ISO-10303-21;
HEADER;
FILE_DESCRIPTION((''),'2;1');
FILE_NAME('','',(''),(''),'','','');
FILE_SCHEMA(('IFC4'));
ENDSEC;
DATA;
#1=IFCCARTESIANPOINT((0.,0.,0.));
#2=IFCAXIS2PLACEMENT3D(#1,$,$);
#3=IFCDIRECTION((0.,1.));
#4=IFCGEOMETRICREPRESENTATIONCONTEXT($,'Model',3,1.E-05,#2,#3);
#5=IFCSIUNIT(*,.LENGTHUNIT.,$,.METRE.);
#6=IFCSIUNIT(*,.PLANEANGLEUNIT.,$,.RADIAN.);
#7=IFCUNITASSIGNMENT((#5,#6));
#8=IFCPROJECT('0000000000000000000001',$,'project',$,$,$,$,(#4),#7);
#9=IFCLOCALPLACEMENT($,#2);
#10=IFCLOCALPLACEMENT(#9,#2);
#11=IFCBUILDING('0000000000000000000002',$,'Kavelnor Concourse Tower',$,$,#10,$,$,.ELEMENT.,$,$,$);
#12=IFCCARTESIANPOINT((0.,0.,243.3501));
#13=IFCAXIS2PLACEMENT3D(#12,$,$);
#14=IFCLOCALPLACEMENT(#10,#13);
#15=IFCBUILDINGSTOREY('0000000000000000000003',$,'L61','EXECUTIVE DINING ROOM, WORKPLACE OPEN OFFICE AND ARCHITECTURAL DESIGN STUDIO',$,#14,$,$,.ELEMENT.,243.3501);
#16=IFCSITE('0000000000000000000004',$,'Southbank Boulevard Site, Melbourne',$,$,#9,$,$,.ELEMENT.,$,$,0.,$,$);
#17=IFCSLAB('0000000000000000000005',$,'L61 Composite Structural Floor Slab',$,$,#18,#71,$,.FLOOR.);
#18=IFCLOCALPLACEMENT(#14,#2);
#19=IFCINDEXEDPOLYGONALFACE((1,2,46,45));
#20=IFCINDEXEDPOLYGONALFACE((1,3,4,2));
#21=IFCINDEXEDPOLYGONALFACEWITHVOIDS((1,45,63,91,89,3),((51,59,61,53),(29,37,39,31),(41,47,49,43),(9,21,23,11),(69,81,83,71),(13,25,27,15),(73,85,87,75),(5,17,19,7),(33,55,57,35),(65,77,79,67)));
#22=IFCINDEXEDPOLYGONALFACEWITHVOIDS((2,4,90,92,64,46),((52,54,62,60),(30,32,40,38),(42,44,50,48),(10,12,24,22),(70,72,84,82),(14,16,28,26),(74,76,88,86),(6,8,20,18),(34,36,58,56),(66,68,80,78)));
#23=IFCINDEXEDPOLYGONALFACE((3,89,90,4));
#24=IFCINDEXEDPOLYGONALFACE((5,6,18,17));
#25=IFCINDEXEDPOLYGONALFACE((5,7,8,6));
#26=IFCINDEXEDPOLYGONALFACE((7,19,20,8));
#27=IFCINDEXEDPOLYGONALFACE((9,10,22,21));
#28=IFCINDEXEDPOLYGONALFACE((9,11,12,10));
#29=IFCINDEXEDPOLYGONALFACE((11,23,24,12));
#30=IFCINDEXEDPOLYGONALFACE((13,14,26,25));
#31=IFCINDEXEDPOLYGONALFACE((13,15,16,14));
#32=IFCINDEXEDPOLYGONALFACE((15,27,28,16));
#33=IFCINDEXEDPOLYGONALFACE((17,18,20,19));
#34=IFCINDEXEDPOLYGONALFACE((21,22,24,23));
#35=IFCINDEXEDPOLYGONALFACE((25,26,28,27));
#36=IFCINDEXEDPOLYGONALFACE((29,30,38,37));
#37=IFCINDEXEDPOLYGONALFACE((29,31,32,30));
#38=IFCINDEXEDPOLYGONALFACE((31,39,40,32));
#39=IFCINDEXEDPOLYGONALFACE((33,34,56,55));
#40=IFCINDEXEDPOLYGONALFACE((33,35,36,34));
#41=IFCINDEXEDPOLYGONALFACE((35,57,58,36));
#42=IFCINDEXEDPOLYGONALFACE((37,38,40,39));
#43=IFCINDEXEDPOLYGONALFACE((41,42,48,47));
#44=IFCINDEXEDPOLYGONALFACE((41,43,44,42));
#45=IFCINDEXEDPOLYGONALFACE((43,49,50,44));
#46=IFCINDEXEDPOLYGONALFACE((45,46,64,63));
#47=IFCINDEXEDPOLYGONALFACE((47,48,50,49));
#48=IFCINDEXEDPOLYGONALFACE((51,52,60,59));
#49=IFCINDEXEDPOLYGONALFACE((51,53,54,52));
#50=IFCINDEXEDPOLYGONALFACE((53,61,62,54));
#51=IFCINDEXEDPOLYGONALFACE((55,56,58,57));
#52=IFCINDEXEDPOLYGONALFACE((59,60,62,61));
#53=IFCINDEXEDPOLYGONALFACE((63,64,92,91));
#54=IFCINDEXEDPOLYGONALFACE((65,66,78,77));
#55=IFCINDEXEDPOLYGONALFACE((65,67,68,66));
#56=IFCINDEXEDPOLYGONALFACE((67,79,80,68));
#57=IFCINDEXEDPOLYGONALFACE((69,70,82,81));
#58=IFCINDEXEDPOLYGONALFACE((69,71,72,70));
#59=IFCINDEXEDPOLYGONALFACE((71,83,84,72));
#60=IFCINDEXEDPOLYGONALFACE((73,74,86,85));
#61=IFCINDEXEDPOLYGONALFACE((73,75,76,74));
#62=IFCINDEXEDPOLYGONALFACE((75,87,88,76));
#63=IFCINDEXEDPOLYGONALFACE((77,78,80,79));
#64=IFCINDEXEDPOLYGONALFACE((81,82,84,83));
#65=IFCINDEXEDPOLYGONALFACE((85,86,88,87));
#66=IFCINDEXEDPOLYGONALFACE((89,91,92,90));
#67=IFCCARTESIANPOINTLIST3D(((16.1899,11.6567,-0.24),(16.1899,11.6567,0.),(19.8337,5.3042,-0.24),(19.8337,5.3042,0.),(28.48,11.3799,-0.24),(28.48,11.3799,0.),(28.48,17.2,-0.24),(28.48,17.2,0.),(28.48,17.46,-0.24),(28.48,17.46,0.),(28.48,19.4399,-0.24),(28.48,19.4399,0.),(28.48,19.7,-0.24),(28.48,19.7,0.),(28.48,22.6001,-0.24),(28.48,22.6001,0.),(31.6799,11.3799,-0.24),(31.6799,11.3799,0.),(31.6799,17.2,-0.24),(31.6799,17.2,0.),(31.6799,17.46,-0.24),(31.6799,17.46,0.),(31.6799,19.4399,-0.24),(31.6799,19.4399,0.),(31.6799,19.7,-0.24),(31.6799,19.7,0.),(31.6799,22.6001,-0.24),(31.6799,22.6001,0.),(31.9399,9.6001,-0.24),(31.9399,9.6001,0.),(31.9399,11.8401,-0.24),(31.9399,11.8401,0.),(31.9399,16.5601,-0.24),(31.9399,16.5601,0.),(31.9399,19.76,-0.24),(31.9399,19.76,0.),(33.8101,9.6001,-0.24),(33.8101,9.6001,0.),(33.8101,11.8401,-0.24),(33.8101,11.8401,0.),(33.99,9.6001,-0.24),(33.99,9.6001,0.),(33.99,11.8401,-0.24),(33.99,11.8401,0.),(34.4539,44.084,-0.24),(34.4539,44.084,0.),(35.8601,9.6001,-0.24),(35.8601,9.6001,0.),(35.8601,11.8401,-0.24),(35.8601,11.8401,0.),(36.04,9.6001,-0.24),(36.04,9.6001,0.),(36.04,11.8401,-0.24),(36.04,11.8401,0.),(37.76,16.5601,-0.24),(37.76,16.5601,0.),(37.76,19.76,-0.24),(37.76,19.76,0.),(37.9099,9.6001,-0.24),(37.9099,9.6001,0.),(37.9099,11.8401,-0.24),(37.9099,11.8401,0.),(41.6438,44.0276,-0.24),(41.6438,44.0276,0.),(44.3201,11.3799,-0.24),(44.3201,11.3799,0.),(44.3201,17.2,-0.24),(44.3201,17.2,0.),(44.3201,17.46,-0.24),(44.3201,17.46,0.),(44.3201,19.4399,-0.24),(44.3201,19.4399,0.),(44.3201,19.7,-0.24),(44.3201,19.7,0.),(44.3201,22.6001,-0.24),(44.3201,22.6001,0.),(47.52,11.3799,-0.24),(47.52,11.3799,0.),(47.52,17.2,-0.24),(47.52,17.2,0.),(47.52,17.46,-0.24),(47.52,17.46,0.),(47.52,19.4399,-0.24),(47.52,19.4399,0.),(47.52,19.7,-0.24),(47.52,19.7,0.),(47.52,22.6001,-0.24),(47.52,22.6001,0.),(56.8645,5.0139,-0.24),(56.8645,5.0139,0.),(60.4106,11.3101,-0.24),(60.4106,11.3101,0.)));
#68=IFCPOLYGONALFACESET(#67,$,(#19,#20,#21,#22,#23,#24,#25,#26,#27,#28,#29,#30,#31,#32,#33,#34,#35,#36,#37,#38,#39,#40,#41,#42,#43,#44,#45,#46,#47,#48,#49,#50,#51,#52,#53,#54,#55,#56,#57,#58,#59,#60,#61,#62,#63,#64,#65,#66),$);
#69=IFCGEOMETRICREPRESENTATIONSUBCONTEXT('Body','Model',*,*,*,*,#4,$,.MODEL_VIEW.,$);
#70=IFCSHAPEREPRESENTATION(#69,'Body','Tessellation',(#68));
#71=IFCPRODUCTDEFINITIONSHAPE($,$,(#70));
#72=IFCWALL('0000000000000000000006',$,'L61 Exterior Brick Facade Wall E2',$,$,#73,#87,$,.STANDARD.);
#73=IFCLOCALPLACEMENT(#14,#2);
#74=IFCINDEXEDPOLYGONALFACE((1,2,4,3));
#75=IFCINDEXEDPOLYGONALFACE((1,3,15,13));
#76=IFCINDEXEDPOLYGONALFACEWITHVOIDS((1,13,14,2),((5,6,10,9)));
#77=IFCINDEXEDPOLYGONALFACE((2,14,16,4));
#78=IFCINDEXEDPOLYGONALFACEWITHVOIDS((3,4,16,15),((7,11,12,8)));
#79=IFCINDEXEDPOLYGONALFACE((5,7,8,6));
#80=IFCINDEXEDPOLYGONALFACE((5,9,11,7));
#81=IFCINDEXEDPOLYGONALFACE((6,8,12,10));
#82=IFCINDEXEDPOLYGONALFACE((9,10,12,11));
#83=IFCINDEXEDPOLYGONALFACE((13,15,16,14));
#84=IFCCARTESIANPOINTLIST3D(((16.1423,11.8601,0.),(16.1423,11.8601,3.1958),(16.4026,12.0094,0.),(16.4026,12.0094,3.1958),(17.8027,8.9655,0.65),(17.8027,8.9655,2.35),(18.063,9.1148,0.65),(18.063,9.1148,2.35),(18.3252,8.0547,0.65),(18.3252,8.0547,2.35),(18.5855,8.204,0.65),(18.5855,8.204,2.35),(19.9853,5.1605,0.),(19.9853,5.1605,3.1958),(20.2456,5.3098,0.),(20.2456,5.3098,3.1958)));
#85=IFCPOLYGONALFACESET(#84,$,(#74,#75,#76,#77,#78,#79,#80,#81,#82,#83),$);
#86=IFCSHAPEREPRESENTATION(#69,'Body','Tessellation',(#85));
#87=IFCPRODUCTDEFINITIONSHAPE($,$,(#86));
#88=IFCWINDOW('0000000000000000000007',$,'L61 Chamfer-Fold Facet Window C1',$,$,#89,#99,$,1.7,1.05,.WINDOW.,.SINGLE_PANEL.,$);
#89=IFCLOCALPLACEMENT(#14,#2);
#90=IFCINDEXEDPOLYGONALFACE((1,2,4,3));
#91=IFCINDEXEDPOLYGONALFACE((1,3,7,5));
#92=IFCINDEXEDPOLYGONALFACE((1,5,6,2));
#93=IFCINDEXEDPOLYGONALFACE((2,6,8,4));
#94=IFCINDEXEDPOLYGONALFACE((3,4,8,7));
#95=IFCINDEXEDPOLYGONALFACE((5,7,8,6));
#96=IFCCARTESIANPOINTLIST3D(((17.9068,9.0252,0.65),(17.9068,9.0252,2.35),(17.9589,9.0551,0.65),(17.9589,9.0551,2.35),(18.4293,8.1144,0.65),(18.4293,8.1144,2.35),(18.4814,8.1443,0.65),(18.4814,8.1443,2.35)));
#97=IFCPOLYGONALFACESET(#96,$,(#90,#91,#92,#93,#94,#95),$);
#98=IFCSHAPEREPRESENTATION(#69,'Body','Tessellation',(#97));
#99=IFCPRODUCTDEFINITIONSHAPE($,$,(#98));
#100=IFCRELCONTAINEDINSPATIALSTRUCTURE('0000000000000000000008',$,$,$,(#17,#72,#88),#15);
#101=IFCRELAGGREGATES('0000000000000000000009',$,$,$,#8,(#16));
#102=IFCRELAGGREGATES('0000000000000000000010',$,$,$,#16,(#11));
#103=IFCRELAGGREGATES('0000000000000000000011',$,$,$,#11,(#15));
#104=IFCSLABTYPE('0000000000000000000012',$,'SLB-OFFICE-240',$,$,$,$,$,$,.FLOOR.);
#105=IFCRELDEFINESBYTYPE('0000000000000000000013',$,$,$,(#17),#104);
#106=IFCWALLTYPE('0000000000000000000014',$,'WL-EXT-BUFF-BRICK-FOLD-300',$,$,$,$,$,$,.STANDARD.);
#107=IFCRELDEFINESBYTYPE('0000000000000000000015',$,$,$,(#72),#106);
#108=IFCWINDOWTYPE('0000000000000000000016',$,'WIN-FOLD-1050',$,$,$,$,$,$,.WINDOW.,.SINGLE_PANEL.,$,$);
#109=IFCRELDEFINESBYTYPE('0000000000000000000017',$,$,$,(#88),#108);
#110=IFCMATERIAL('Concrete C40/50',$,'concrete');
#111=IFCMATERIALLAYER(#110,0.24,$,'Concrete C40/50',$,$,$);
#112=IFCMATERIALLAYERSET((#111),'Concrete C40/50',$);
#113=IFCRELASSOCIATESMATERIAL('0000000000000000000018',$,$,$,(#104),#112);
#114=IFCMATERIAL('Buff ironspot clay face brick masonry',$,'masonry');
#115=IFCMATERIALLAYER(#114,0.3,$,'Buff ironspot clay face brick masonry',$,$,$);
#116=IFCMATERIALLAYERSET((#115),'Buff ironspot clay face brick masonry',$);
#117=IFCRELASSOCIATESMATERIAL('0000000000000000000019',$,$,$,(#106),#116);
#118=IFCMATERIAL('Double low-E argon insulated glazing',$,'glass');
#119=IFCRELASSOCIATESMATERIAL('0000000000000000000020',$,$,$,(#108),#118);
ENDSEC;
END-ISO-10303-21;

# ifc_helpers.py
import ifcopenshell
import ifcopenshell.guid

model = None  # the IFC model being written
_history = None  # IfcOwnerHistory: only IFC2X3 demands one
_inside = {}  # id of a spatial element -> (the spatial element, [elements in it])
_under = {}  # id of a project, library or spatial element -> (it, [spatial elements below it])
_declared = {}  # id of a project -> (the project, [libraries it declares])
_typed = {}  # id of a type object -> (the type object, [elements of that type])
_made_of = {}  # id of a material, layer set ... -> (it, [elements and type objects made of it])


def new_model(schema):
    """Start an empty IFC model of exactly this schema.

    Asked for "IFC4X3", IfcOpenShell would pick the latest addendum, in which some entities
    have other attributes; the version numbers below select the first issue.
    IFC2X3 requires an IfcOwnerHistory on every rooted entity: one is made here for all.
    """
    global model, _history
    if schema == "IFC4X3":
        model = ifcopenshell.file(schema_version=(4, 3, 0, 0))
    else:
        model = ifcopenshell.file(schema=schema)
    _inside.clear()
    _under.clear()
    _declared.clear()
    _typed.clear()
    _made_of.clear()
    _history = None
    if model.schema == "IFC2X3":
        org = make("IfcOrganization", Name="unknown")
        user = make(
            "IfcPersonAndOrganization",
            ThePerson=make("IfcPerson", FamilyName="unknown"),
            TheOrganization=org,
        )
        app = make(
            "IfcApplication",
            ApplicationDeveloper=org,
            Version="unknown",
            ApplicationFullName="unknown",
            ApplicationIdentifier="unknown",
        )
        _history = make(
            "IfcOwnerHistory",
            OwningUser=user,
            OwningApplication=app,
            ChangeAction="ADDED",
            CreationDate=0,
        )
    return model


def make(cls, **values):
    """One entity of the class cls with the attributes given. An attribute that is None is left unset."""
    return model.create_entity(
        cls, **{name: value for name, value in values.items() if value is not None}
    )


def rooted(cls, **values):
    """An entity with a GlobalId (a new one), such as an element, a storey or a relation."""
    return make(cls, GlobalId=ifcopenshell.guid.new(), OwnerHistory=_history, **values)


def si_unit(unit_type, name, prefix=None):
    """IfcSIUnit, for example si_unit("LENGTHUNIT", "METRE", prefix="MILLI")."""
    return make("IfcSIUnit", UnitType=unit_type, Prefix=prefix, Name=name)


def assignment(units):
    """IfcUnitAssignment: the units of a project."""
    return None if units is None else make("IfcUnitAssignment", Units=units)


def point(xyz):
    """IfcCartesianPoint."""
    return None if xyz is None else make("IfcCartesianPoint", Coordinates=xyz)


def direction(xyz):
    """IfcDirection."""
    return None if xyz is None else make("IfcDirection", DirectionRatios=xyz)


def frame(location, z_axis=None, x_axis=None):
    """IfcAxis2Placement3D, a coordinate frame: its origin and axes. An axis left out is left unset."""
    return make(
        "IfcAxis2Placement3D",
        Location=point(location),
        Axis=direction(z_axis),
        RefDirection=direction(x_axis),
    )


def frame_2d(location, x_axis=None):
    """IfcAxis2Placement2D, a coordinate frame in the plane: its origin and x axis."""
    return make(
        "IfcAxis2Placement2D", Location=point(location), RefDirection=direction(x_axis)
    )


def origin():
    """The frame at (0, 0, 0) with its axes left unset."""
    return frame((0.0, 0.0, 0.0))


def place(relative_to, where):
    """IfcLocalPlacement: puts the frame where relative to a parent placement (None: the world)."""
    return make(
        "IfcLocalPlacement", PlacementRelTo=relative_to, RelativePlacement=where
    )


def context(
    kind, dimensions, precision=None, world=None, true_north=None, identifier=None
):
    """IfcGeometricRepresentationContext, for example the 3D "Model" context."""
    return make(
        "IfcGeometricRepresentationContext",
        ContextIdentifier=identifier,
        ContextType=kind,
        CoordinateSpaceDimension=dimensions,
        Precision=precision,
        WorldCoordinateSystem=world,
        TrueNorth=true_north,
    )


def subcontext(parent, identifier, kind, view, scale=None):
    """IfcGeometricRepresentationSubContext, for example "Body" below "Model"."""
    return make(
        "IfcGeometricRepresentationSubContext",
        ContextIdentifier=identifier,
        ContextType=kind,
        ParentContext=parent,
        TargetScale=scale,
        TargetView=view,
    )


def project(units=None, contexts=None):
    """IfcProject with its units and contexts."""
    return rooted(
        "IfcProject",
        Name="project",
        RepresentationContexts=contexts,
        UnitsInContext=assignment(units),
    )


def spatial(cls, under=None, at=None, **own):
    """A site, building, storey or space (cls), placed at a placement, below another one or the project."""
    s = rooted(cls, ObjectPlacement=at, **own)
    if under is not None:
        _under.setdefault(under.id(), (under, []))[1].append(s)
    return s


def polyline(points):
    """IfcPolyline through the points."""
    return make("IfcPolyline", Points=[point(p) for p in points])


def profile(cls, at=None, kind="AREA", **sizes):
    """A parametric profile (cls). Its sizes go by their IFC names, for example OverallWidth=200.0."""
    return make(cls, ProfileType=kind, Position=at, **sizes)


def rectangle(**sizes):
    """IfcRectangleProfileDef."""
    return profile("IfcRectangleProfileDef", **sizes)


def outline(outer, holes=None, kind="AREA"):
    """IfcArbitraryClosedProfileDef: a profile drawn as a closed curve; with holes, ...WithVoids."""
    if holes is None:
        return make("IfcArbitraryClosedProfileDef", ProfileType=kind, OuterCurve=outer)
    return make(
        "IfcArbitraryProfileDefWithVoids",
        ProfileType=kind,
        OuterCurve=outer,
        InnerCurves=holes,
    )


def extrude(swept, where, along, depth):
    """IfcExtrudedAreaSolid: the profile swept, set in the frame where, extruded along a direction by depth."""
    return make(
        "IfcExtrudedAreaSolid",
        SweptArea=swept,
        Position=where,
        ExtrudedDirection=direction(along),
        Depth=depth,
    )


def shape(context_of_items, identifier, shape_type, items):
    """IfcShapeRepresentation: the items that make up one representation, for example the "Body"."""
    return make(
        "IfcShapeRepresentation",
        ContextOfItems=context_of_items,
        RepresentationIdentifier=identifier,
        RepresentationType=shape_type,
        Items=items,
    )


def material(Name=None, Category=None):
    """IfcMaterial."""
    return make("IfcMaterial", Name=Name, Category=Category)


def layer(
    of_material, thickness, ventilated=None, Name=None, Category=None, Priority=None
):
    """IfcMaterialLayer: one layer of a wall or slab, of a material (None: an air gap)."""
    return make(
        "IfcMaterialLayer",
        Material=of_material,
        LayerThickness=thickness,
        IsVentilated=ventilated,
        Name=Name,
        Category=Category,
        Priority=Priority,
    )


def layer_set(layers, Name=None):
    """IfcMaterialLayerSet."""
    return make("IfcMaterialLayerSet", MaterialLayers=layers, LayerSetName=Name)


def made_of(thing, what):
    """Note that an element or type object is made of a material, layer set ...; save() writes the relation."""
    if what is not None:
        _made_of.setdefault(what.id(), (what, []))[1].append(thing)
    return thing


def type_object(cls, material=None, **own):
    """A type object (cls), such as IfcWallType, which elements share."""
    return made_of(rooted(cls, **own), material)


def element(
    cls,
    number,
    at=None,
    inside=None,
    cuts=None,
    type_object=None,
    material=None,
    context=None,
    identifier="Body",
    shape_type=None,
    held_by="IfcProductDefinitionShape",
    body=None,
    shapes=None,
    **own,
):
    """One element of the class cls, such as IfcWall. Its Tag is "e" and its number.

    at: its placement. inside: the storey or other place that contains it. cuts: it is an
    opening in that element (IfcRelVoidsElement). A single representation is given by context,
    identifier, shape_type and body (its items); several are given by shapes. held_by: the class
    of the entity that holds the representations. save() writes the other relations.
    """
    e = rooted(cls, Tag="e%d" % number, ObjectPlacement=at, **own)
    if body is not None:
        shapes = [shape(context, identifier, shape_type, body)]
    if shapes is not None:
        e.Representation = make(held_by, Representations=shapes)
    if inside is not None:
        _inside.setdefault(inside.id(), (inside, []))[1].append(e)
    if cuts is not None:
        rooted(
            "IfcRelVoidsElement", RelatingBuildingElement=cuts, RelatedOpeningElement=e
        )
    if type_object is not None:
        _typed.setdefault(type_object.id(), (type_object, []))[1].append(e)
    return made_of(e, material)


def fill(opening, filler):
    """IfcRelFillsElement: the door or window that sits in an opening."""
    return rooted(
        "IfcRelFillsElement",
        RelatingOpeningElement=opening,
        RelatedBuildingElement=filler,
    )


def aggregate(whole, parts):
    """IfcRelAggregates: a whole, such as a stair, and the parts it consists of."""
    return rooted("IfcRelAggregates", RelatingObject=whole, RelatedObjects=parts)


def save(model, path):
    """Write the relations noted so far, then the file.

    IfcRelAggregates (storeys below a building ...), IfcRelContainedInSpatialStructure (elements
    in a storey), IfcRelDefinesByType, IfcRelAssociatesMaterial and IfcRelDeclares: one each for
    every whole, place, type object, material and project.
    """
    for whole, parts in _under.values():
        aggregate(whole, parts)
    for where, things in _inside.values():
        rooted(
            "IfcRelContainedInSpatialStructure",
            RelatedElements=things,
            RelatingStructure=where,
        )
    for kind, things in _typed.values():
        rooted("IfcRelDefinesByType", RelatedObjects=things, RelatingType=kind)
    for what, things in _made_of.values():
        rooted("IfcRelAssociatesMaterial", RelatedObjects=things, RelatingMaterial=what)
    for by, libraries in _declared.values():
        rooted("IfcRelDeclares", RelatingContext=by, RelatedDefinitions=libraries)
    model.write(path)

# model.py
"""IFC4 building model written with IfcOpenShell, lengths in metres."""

from ifc_helpers import new_model, si_unit, direction, frame, frame_2d, origin, place, context, subcontext, project, spatial, polyline, rectangle, outline, extrude, material, layer, layer_set, type_object, element, fill, save


model = new_model("IFC4")

# Units and contexts
model_context = context("Model", 3, precision=1e-05, world=origin(), true_north=direction((0.0, 1.0)))
body_context = subcontext(model_context, "Body", "Model", "MODEL_VIEW")
ifc_project = project(units=[si_unit("LENGTHUNIT", "METRE"), si_unit("PLANEANGLEUNIT", "RADIAN")], contexts=[model_context])

# Site, building, storey
site_placement = place(None, origin())
site = spatial("IfcSite", under=ifc_project, at=site_placement, Name="Southbank Boulevard Site, Melbourne", CompositionType="ELEMENT", RefElevation=0.0)
building_placement = place(site_placement, origin())
building = spatial("IfcBuilding", under=site, at=building_placement, Name="Kavelnor Concourse Tower", CompositionType="ELEMENT")
storey_placement = place(building_placement, frame((0.0, 0.0, 243.3501)))
storey = spatial("IfcBuildingStorey", under=building, at=storey_placement, Name="L61", Description="EXECUTIVE DINING ROOM, WORKPLACE OPEN OFFICE AND ARCHITECTURAL DESIGN STUDIO", CompositionType="ELEMENT", Elevation=243.3501)

# Shared definitions
ifc_material_1 = material(Name="Concrete C40/50", Category="concrete")

# Slab
ifc_layer_1 = layer(ifc_material_1, 0.24, Name="Concrete C40/50")
ifc_layer_set_1 = layer_set([ifc_layer_1], Name="Concrete C40/50")
slab_type_1 = type_object("IfcSlabType", Name="SLB-OFFICE-240", PredefinedType="FLOOR", material=ifc_layer_set_1)
slab_1_placement = place(storey_placement, frame((0.0, 0.0, -0.24)))
element("IfcSlab", 1, at=slab_1_placement, inside=storey, type_object=slab_type_1, Name="L61 Composite Structural Floor Slab", PredefinedType="FLOOR", context=body_context, shape_type="SweptSolid", body=[
    extrude(outline(polyline([(41.6438, 44.0276), (34.4539, 44.084), (16.1899, 11.6567), (19.8337, 5.3042), (56.8645, 5.0139), (60.4106, 11.3101), (41.6438, 44.0276)]), holes=[polyline([(28.48, 11.3799), (31.6799, 11.3799), (31.6799, 17.2), (28.48, 17.2), (28.48, 11.3799)]), polyline([(44.3201, 11.3799), (47.52, 11.3799), (47.52, 17.2), (44.3201, 17.2), (44.3201, 11.3799)]), polyline([(31.9399, 16.5601), (37.76, 16.5601), (37.76, 19.76), (31.9399, 19.76), (31.9399, 16.5601)]), polyline([(28.48, 19.7), (31.6799, 19.7), (31.6799, 22.6001), (28.48, 22.6001), (28.48, 19.7)]), polyline([(44.3201, 19.7), (47.52, 19.7), (47.52, 22.6001), (44.3201, 22.6001), (44.3201, 19.7)]), polyline([(31.9399, 9.6001), (33.8101, 9.6001), (33.8101, 11.8401), (31.9399, 11.8401), (31.9399, 9.6001)]), polyline([(33.99, 9.6001), (35.8601, 9.6001), (35.8601, 11.8401), (33.99, 11.8401), (33.99, 9.6001)]), polyline([(36.04, 9.6001), (37.9099, 9.6001), (37.9099, 11.8401), (36.04, 11.8401), (36.04, 9.6001)]), polyline([(28.48, 17.46), (31.6799, 17.46), (31.6799, 19.4399), (28.48, 19.4399), (28.48, 17.46)]), polyline([(44.3201, 17.46), (47.52, 17.46), (47.52, 19.4399), (44.3201, 19.4399), (44.3201, 17.46)])]), origin(), (0.0, 0.0, 1.0), 0.24),
])

# Wall, opening, window
ifc_material_2 = material(Name="Buff ironspot clay face brick masonry", Category="masonry")
ifc_layer_2 = layer(ifc_material_2, 0.3, Name="Buff ironspot clay face brick masonry")
ifc_layer_set_2 = layer_set([ifc_layer_2], Name="Buff ironspot clay face brick masonry")
wall_type_1 = type_object("IfcWallType", Name="WL-EXT-BUFF-BRICK-FOLD-300", PredefinedType="STANDARD", material=ifc_layer_set_2)
wall_1_placement = place(storey_placement, frame((20.1155, 5.2351, 0.0), z_axis=(0.0, 0.0, 1.0), x_axis=(-0.497565, 0.867427, 0.0)))
wall_1 = element("IfcWall", 2, at=wall_1_placement, inside=storey, type_object=wall_type_1, Name="L61 Exterior Brick Facade Wall E2", PredefinedType="STANDARD", context=body_context, shape_type="SweptSolid", body=[
    extrude(rectangle(XDim=7.7236, YDim=0.3, at=frame_2d((3.8618, 0.0))), origin(), (0.0, 0.0, 1.0), 3.1958),
])
opening_1_placement = place(wall_1_placement, frame((3.3367, 0.0, 0.6499)))
opening_1 = element("IfcOpeningElement", 3, at=opening_1_placement, cuts=wall_1, PredefinedType="OPENING", context=body_context, shape_type="SweptSolid", body=[
    extrude(rectangle(XDim=1.05, YDim=1.7, at=frame_2d((0.5249, 0.8501))), frame((0.0, 0.1602, 0.0), z_axis=(0.0, -1.0, 0.0), x_axis=(1.0, 0.0, 0.0)), (0.0, 0.0, 1.0), 0.3201),
])
ifc_material_3 = material(Name="Double low-E argon insulated glazing", Category="glass")
window_type_1 = type_object("IfcWindowType", Name="WIN-FOLD-1050", PartitioningType="SINGLE_PANEL", PredefinedType="WINDOW", material=ifc_material_3)
window_1_placement = place(opening_1_placement, origin())
window_1 = element("IfcWindow", 4, at=window_1_placement, inside=storey, type_object=window_type_1, Name="L61 Chamfer-Fold Facet Window C1", OverallHeight=1.7, OverallWidth=1.05, PartitioningType="SINGLE_PANEL", PredefinedType="WINDOW", context=body_context, shape_type="SweptSolid", body=[
    extrude(rectangle(XDim=1.05, YDim=1.7, at=frame_2d((0.5249, 0.8501))), frame((0.0, 0.03, 0.0), z_axis=(0.0, -1.0, 0.0), x_axis=(1.0, 0.0, 0.0)), (0.0, 0.0, 1.0), 0.0601),
])
fill(opening_1, window_1)

save(model, "model.ifc")
